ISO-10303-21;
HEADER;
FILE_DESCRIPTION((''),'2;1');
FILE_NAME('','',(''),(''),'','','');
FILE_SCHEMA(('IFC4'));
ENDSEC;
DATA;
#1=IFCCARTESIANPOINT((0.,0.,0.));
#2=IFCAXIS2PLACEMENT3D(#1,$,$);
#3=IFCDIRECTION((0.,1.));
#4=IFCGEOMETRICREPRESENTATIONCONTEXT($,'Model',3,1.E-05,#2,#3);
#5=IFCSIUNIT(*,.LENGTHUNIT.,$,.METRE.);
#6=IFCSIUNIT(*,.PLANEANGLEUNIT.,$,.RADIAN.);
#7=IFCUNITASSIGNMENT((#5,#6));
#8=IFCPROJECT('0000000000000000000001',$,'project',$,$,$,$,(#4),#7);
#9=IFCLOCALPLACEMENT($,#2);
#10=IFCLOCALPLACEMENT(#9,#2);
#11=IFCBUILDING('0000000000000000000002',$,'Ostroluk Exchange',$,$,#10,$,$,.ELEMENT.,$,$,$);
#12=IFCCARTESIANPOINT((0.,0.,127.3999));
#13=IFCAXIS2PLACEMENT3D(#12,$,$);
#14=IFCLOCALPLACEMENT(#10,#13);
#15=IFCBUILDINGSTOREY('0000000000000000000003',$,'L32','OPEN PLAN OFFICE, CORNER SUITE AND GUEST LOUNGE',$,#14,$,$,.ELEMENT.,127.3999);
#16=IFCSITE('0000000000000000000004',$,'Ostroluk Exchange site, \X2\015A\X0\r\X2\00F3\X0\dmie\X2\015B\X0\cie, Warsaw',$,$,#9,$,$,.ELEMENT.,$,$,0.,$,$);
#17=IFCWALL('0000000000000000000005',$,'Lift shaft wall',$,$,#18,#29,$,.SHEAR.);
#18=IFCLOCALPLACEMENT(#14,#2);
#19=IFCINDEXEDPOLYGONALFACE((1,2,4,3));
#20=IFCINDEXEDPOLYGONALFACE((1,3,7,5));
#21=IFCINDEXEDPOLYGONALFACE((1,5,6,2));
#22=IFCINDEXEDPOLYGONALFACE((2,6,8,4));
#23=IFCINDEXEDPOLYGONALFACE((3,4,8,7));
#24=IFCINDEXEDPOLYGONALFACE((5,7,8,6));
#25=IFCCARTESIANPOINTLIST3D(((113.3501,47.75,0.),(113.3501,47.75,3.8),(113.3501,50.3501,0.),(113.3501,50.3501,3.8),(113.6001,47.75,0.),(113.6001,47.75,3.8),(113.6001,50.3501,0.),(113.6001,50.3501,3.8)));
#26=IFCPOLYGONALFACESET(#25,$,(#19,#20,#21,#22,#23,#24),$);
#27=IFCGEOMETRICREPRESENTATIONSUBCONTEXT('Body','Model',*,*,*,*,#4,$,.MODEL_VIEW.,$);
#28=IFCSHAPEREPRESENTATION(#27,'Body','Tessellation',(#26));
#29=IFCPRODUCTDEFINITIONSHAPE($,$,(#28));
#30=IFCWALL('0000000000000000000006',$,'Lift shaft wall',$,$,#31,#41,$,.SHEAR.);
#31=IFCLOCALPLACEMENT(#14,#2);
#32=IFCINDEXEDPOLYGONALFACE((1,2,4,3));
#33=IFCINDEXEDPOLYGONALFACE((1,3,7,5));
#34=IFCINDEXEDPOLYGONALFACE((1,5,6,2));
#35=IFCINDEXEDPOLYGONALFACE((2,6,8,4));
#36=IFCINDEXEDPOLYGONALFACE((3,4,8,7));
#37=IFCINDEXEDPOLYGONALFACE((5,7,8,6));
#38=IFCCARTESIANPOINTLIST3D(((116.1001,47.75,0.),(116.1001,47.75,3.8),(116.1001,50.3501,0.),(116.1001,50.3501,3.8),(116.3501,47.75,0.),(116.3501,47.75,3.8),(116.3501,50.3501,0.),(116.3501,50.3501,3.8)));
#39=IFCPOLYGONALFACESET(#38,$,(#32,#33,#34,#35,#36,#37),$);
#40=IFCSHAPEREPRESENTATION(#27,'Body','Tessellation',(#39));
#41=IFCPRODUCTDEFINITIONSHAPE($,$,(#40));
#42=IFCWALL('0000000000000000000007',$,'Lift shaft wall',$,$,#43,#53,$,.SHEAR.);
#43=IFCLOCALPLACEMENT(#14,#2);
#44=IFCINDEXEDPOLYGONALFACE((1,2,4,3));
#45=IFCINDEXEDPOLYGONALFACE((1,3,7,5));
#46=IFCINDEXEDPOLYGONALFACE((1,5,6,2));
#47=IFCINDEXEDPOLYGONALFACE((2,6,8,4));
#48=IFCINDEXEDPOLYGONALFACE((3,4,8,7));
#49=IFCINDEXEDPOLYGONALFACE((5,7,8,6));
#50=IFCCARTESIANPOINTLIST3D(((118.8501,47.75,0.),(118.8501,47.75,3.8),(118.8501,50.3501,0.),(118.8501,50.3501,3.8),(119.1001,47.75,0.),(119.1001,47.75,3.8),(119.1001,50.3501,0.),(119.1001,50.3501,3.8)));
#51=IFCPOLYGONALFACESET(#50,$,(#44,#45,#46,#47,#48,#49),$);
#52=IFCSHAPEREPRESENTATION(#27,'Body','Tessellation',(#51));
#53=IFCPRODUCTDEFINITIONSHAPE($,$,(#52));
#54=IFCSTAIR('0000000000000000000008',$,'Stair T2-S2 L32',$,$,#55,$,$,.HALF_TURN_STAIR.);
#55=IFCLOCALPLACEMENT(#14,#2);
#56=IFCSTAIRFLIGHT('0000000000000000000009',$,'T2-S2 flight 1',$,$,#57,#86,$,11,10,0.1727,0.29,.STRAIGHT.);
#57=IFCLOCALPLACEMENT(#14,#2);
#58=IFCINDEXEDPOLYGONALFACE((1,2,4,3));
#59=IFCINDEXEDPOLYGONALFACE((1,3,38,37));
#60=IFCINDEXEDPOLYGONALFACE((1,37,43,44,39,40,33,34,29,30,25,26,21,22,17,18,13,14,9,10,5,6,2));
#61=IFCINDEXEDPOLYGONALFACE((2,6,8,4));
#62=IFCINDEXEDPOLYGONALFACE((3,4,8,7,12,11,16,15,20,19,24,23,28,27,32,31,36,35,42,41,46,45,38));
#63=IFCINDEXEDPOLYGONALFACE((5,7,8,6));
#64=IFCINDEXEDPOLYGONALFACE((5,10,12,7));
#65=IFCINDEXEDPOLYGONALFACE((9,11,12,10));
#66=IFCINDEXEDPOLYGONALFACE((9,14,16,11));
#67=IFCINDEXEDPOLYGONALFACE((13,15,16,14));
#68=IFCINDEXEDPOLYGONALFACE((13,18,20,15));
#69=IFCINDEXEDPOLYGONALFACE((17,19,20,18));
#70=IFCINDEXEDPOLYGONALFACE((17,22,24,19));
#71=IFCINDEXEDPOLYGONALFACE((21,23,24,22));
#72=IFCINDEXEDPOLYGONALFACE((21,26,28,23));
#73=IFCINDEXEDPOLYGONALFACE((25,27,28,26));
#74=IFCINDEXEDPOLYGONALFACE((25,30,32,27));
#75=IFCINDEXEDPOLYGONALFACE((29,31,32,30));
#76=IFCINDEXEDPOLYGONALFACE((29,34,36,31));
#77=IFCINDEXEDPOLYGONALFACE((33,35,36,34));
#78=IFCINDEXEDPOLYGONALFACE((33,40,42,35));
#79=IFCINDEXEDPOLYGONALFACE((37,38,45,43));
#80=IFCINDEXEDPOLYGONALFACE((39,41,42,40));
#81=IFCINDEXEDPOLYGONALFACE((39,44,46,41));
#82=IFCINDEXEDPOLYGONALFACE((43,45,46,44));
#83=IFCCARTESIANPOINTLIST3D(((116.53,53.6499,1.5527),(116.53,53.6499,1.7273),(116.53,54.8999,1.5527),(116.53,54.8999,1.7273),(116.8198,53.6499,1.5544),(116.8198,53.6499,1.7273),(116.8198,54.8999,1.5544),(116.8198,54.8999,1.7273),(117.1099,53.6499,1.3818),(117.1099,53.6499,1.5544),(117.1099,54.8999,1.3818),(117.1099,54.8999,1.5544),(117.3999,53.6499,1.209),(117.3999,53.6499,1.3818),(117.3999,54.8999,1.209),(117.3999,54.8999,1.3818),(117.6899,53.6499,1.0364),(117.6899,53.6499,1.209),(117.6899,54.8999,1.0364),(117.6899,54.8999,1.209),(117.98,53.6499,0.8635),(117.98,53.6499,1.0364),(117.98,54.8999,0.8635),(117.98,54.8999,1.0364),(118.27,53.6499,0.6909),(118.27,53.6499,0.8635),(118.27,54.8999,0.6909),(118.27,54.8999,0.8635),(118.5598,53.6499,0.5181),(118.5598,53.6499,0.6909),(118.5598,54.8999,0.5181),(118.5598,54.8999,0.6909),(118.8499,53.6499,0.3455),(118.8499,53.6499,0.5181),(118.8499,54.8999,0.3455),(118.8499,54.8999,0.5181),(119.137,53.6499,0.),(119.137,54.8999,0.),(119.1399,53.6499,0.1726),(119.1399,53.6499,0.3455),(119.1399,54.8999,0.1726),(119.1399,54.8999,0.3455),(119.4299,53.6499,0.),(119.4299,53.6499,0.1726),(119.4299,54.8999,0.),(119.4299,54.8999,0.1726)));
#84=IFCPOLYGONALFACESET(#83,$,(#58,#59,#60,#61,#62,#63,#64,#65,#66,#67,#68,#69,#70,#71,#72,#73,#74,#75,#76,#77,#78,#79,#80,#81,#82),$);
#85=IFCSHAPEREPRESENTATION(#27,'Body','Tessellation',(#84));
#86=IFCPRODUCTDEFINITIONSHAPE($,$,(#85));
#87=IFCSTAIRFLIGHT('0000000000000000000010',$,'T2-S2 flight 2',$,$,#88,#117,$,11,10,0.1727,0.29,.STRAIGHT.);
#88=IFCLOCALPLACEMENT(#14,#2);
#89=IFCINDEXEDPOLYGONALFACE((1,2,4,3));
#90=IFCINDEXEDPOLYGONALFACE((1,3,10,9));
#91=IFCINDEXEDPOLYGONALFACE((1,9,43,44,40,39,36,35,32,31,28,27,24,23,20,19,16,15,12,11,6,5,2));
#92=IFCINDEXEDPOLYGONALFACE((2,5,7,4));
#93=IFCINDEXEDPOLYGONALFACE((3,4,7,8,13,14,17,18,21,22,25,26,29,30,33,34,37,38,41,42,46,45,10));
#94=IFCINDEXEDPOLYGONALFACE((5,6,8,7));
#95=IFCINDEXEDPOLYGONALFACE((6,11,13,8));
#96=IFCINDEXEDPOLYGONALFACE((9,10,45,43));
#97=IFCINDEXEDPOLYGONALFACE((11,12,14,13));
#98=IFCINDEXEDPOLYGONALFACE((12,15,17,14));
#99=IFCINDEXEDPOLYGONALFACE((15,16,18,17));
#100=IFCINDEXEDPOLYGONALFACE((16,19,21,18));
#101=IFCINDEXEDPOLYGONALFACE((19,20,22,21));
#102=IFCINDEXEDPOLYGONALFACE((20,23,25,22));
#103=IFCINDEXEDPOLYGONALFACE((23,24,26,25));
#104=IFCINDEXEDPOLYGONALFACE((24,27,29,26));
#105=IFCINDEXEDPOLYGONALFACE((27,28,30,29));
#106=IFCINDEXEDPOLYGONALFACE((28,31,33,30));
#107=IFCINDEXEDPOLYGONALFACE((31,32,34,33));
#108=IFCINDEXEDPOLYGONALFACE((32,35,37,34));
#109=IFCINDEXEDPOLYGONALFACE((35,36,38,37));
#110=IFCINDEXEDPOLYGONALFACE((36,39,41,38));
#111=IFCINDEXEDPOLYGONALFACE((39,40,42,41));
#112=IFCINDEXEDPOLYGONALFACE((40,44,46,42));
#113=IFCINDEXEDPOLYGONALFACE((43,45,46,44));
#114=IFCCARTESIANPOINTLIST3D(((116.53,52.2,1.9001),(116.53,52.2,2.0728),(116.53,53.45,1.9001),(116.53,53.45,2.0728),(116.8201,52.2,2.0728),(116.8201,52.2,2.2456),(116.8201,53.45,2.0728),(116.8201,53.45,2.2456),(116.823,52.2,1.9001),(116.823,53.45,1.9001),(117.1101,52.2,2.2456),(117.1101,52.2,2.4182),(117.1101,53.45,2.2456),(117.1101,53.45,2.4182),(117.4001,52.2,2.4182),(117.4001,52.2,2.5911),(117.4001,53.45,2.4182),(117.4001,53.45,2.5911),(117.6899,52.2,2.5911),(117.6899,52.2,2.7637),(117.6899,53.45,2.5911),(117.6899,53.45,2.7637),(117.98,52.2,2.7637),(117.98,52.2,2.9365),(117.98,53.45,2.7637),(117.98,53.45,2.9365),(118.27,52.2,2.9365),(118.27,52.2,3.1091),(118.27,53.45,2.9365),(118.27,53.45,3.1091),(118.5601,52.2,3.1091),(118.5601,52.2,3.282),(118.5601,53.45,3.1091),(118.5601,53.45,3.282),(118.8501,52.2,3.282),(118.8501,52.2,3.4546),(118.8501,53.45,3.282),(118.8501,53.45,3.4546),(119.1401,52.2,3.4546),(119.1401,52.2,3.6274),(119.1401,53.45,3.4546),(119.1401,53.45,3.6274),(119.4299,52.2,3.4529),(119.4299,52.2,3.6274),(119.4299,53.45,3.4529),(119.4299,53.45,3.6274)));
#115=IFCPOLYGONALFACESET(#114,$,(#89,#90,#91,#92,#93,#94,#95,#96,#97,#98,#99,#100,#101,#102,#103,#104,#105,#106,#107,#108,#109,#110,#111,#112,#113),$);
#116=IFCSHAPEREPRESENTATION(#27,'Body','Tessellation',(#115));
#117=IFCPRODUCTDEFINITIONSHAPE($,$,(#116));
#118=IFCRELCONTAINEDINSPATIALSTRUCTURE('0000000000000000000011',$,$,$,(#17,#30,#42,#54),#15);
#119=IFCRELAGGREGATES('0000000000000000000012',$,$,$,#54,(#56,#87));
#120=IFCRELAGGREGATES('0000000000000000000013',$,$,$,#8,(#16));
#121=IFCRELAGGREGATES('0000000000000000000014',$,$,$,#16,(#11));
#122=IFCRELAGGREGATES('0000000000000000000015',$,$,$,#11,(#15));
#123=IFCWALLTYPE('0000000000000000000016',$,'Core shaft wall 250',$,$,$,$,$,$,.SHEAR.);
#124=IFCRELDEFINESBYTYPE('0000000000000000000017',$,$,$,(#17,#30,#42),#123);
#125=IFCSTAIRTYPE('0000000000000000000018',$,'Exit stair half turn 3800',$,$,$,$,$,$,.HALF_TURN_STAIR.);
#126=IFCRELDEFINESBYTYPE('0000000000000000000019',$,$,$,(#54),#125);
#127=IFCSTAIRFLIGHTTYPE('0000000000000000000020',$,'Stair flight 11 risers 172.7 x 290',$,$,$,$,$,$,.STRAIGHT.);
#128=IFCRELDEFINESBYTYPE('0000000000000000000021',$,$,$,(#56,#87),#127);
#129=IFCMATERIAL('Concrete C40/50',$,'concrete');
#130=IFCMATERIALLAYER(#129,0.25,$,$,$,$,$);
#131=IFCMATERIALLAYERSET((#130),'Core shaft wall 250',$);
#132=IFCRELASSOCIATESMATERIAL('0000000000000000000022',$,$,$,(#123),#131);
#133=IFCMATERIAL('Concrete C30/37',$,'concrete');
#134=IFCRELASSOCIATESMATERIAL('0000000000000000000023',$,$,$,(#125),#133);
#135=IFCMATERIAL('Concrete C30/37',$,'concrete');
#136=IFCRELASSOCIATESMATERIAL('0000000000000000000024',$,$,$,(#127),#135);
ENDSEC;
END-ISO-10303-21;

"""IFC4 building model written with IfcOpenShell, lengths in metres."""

from ifc_helpers import new_model, si_unit, direction, frame, frame_2d, origin, place, context, subcontext, project, spatial, polyline, rectangle, outline, extrude, material, layer, layer_set, type_object, element, aggregate, save


model = new_model("IFC4")

# Units and contexts
model_context = context("Model", 3, precision=1e-05, world=origin(), true_north=direction((0.0, 1.0)))
body_context = subcontext(model_context, "Body", "Model", "MODEL_VIEW")
ifc_project = project(units=[si_unit("LENGTHUNIT", "METRE"), si_unit("PLANEANGLEUNIT", "RADIAN")], contexts=[model_context])

# Site, building, storey
site_placement = place(None, origin())
site = spatial("IfcSite", under=ifc_project, at=site_placement, Name="Ostroluk Exchange site, Śródmieście, Warsaw", CompositionType="ELEMENT", RefElevation=0.0)
building_placement = place(site_placement, origin())
building = spatial("IfcBuilding", under=site, at=building_placement, Name="Ostroluk Exchange", CompositionType="ELEMENT")
storey_placement = place(building_placement, frame((0.0, 0.0, 127.3999)))
storey = spatial("IfcBuildingStorey", under=building, at=storey_placement, Name="L32", Description="OPEN PLAN OFFICE, CORNER SUITE AND GUEST LOUNGE", CompositionType="ELEMENT", Elevation=127.3999)

# Walls
ifc_material_1 = material(Name="Concrete C40/50", Category="concrete")
ifc_layer_1 = layer(ifc_material_1, 0.25)
ifc_layer_set_1 = layer_set([ifc_layer_1], Name="Core shaft wall 250")
wall_type = type_object("IfcWallType", Name="Core shaft wall 250", PredefinedType="SHEAR", material=ifc_layer_set_1)
for number, where, z_axis, x_axis, name in (
    (1, (113.4751, 47.75, 0.0), (0.0, 0.0, 1.0), (0.0, 1.0, 0.0), "Lift shaft wall"),
    (2, (116.2251, 47.75, 0.0), (0.0, 0.0, 1.0), (0.0, 1.0, 0.0), "Lift shaft wall"),
    (3, (118.9751, 47.75, 0.0), (0.0, 0.0, 1.0), (0.0, 1.0, 0.0), "Lift shaft wall"),
):
    element("IfcWall", number, at=place(storey_placement, frame(where, z_axis=z_axis, x_axis=x_axis)), inside=storey, type_object=wall_type, Name=name, PredefinedType="SHEAR", context=body_context, shape_type="SweptSolid", body=[
        extrude(rectangle(XDim=2.6001, YDim=0.25, at=frame_2d((1.3, 0.0))), origin(), (0.0, 0.0, 1.0), 3.8),
    ])

# Stair, stair flights
ifc_material_2 = material(Name="Concrete C30/37", Category="concrete")
stair_type = type_object("IfcStairType", Name="Exit stair half turn 3800", PredefinedType="HALF_TURN_STAIR", material=ifc_material_2)
stair_placement = place(storey_placement, origin())
stair = element("IfcStair", 4, at=stair_placement, inside=storey, type_object=stair_type, Name="Stair T2-S2 L32", PredefinedType="HALF_TURN_STAIR")
ifc_material_3 = material(Name="Concrete C30/37", Category="concrete")
stair_flight_type = type_object("IfcStairFlightType", Name="Stair flight 11 risers 172.7 x 290", PredefinedType="STRAIGHT", material=ifc_material_3)
stair_flight_1_placement = place(storey_placement, frame((119.4299, 54.2749, 0.0), z_axis=(0.0, 0.0, 1.0), x_axis=(-1.0, 0.0, 0.0)))
stair_flight_1 = element("IfcStairFlight", 5, at=stair_flight_1_placement, type_object=stair_flight_type, Name="T2-S2 flight 1", NumberOfRisers=11, NumberOfTreads=10, PredefinedType="STRAIGHT", RiserHeight=0.1727, TreadLength=0.29, context=body_context, shape_type="SweptSolid", body=[
    extrude(outline(polyline([(0.0, 0.0), (0.0, 0.1726), (0.29, 0.1726), (0.29, 0.3455), (0.5801, 0.3455), (0.5801, 0.5181), (0.8701, 0.5181), (0.8701, 0.6909), (1.1599, 0.6909), (1.1599, 0.8635), (1.45, 0.8635), (1.45, 1.0364), (1.74, 1.0364), (1.74, 1.209), (2.03, 1.209), (2.03, 1.3818), (2.3201, 1.3818), (2.3201, 1.5544), (2.6101, 1.5544), (2.6101, 1.7273), (2.8999, 1.7273), (2.8999, 1.8999), (2.8999, 1.5527), (0.293, 0.0), (0.0, 0.0)])), frame((0.0, 0.625, 0.0), z_axis=(0.0, -1.0, 0.0), x_axis=(1.0, 0.0, 0.0)), (0.0, 0.0, 1.0), 1.25),
])
stair_flight_2_placement = place(storey_placement, frame((116.53, 52.825, 1.9001), z_axis=(0.0, 0.0, 1.0), x_axis=(1.0, 0.0, 0.0)))
stair_flight_2 = element("IfcStairFlight", 6, at=stair_flight_2_placement, type_object=stair_flight_type, Name="T2-S2 flight 2", NumberOfRisers=11, NumberOfTreads=10, PredefinedType="STRAIGHT", RiserHeight=0.1727, TreadLength=0.29, context=body_context, shape_type="SweptSolid", body=[
    extrude(outline(polyline([(0.0, 0.0), (0.0, 0.1726), (0.29, 0.1726), (0.29, 0.3455), (0.5801, 0.3455), (0.5801, 0.5181), (0.8701, 0.5181), (0.8701, 0.6909), (1.1599, 0.6909), (1.1599, 0.8635), (1.45, 0.8635), (1.45, 1.0364), (1.74, 1.0364), (1.74, 1.209), (2.03, 1.209), (2.03, 1.3818), (2.3201, 1.3818), (2.3201, 1.5544), (2.6101, 1.5544), (2.6101, 1.7273), (2.8999, 1.7273), (2.8999, 1.8999), (2.8999, 1.5527), (0.293, 0.0), (0.0, 0.0)])), frame((0.0, 0.625, 0.0), z_axis=(0.0, -1.0, 0.0), x_axis=(1.0, 0.0, 0.0)), (0.0, 0.0, 1.0), 1.25),
])
aggregate(stair, [stair_flight_1, stair_flight_2])

save(model, "model.ifc")
